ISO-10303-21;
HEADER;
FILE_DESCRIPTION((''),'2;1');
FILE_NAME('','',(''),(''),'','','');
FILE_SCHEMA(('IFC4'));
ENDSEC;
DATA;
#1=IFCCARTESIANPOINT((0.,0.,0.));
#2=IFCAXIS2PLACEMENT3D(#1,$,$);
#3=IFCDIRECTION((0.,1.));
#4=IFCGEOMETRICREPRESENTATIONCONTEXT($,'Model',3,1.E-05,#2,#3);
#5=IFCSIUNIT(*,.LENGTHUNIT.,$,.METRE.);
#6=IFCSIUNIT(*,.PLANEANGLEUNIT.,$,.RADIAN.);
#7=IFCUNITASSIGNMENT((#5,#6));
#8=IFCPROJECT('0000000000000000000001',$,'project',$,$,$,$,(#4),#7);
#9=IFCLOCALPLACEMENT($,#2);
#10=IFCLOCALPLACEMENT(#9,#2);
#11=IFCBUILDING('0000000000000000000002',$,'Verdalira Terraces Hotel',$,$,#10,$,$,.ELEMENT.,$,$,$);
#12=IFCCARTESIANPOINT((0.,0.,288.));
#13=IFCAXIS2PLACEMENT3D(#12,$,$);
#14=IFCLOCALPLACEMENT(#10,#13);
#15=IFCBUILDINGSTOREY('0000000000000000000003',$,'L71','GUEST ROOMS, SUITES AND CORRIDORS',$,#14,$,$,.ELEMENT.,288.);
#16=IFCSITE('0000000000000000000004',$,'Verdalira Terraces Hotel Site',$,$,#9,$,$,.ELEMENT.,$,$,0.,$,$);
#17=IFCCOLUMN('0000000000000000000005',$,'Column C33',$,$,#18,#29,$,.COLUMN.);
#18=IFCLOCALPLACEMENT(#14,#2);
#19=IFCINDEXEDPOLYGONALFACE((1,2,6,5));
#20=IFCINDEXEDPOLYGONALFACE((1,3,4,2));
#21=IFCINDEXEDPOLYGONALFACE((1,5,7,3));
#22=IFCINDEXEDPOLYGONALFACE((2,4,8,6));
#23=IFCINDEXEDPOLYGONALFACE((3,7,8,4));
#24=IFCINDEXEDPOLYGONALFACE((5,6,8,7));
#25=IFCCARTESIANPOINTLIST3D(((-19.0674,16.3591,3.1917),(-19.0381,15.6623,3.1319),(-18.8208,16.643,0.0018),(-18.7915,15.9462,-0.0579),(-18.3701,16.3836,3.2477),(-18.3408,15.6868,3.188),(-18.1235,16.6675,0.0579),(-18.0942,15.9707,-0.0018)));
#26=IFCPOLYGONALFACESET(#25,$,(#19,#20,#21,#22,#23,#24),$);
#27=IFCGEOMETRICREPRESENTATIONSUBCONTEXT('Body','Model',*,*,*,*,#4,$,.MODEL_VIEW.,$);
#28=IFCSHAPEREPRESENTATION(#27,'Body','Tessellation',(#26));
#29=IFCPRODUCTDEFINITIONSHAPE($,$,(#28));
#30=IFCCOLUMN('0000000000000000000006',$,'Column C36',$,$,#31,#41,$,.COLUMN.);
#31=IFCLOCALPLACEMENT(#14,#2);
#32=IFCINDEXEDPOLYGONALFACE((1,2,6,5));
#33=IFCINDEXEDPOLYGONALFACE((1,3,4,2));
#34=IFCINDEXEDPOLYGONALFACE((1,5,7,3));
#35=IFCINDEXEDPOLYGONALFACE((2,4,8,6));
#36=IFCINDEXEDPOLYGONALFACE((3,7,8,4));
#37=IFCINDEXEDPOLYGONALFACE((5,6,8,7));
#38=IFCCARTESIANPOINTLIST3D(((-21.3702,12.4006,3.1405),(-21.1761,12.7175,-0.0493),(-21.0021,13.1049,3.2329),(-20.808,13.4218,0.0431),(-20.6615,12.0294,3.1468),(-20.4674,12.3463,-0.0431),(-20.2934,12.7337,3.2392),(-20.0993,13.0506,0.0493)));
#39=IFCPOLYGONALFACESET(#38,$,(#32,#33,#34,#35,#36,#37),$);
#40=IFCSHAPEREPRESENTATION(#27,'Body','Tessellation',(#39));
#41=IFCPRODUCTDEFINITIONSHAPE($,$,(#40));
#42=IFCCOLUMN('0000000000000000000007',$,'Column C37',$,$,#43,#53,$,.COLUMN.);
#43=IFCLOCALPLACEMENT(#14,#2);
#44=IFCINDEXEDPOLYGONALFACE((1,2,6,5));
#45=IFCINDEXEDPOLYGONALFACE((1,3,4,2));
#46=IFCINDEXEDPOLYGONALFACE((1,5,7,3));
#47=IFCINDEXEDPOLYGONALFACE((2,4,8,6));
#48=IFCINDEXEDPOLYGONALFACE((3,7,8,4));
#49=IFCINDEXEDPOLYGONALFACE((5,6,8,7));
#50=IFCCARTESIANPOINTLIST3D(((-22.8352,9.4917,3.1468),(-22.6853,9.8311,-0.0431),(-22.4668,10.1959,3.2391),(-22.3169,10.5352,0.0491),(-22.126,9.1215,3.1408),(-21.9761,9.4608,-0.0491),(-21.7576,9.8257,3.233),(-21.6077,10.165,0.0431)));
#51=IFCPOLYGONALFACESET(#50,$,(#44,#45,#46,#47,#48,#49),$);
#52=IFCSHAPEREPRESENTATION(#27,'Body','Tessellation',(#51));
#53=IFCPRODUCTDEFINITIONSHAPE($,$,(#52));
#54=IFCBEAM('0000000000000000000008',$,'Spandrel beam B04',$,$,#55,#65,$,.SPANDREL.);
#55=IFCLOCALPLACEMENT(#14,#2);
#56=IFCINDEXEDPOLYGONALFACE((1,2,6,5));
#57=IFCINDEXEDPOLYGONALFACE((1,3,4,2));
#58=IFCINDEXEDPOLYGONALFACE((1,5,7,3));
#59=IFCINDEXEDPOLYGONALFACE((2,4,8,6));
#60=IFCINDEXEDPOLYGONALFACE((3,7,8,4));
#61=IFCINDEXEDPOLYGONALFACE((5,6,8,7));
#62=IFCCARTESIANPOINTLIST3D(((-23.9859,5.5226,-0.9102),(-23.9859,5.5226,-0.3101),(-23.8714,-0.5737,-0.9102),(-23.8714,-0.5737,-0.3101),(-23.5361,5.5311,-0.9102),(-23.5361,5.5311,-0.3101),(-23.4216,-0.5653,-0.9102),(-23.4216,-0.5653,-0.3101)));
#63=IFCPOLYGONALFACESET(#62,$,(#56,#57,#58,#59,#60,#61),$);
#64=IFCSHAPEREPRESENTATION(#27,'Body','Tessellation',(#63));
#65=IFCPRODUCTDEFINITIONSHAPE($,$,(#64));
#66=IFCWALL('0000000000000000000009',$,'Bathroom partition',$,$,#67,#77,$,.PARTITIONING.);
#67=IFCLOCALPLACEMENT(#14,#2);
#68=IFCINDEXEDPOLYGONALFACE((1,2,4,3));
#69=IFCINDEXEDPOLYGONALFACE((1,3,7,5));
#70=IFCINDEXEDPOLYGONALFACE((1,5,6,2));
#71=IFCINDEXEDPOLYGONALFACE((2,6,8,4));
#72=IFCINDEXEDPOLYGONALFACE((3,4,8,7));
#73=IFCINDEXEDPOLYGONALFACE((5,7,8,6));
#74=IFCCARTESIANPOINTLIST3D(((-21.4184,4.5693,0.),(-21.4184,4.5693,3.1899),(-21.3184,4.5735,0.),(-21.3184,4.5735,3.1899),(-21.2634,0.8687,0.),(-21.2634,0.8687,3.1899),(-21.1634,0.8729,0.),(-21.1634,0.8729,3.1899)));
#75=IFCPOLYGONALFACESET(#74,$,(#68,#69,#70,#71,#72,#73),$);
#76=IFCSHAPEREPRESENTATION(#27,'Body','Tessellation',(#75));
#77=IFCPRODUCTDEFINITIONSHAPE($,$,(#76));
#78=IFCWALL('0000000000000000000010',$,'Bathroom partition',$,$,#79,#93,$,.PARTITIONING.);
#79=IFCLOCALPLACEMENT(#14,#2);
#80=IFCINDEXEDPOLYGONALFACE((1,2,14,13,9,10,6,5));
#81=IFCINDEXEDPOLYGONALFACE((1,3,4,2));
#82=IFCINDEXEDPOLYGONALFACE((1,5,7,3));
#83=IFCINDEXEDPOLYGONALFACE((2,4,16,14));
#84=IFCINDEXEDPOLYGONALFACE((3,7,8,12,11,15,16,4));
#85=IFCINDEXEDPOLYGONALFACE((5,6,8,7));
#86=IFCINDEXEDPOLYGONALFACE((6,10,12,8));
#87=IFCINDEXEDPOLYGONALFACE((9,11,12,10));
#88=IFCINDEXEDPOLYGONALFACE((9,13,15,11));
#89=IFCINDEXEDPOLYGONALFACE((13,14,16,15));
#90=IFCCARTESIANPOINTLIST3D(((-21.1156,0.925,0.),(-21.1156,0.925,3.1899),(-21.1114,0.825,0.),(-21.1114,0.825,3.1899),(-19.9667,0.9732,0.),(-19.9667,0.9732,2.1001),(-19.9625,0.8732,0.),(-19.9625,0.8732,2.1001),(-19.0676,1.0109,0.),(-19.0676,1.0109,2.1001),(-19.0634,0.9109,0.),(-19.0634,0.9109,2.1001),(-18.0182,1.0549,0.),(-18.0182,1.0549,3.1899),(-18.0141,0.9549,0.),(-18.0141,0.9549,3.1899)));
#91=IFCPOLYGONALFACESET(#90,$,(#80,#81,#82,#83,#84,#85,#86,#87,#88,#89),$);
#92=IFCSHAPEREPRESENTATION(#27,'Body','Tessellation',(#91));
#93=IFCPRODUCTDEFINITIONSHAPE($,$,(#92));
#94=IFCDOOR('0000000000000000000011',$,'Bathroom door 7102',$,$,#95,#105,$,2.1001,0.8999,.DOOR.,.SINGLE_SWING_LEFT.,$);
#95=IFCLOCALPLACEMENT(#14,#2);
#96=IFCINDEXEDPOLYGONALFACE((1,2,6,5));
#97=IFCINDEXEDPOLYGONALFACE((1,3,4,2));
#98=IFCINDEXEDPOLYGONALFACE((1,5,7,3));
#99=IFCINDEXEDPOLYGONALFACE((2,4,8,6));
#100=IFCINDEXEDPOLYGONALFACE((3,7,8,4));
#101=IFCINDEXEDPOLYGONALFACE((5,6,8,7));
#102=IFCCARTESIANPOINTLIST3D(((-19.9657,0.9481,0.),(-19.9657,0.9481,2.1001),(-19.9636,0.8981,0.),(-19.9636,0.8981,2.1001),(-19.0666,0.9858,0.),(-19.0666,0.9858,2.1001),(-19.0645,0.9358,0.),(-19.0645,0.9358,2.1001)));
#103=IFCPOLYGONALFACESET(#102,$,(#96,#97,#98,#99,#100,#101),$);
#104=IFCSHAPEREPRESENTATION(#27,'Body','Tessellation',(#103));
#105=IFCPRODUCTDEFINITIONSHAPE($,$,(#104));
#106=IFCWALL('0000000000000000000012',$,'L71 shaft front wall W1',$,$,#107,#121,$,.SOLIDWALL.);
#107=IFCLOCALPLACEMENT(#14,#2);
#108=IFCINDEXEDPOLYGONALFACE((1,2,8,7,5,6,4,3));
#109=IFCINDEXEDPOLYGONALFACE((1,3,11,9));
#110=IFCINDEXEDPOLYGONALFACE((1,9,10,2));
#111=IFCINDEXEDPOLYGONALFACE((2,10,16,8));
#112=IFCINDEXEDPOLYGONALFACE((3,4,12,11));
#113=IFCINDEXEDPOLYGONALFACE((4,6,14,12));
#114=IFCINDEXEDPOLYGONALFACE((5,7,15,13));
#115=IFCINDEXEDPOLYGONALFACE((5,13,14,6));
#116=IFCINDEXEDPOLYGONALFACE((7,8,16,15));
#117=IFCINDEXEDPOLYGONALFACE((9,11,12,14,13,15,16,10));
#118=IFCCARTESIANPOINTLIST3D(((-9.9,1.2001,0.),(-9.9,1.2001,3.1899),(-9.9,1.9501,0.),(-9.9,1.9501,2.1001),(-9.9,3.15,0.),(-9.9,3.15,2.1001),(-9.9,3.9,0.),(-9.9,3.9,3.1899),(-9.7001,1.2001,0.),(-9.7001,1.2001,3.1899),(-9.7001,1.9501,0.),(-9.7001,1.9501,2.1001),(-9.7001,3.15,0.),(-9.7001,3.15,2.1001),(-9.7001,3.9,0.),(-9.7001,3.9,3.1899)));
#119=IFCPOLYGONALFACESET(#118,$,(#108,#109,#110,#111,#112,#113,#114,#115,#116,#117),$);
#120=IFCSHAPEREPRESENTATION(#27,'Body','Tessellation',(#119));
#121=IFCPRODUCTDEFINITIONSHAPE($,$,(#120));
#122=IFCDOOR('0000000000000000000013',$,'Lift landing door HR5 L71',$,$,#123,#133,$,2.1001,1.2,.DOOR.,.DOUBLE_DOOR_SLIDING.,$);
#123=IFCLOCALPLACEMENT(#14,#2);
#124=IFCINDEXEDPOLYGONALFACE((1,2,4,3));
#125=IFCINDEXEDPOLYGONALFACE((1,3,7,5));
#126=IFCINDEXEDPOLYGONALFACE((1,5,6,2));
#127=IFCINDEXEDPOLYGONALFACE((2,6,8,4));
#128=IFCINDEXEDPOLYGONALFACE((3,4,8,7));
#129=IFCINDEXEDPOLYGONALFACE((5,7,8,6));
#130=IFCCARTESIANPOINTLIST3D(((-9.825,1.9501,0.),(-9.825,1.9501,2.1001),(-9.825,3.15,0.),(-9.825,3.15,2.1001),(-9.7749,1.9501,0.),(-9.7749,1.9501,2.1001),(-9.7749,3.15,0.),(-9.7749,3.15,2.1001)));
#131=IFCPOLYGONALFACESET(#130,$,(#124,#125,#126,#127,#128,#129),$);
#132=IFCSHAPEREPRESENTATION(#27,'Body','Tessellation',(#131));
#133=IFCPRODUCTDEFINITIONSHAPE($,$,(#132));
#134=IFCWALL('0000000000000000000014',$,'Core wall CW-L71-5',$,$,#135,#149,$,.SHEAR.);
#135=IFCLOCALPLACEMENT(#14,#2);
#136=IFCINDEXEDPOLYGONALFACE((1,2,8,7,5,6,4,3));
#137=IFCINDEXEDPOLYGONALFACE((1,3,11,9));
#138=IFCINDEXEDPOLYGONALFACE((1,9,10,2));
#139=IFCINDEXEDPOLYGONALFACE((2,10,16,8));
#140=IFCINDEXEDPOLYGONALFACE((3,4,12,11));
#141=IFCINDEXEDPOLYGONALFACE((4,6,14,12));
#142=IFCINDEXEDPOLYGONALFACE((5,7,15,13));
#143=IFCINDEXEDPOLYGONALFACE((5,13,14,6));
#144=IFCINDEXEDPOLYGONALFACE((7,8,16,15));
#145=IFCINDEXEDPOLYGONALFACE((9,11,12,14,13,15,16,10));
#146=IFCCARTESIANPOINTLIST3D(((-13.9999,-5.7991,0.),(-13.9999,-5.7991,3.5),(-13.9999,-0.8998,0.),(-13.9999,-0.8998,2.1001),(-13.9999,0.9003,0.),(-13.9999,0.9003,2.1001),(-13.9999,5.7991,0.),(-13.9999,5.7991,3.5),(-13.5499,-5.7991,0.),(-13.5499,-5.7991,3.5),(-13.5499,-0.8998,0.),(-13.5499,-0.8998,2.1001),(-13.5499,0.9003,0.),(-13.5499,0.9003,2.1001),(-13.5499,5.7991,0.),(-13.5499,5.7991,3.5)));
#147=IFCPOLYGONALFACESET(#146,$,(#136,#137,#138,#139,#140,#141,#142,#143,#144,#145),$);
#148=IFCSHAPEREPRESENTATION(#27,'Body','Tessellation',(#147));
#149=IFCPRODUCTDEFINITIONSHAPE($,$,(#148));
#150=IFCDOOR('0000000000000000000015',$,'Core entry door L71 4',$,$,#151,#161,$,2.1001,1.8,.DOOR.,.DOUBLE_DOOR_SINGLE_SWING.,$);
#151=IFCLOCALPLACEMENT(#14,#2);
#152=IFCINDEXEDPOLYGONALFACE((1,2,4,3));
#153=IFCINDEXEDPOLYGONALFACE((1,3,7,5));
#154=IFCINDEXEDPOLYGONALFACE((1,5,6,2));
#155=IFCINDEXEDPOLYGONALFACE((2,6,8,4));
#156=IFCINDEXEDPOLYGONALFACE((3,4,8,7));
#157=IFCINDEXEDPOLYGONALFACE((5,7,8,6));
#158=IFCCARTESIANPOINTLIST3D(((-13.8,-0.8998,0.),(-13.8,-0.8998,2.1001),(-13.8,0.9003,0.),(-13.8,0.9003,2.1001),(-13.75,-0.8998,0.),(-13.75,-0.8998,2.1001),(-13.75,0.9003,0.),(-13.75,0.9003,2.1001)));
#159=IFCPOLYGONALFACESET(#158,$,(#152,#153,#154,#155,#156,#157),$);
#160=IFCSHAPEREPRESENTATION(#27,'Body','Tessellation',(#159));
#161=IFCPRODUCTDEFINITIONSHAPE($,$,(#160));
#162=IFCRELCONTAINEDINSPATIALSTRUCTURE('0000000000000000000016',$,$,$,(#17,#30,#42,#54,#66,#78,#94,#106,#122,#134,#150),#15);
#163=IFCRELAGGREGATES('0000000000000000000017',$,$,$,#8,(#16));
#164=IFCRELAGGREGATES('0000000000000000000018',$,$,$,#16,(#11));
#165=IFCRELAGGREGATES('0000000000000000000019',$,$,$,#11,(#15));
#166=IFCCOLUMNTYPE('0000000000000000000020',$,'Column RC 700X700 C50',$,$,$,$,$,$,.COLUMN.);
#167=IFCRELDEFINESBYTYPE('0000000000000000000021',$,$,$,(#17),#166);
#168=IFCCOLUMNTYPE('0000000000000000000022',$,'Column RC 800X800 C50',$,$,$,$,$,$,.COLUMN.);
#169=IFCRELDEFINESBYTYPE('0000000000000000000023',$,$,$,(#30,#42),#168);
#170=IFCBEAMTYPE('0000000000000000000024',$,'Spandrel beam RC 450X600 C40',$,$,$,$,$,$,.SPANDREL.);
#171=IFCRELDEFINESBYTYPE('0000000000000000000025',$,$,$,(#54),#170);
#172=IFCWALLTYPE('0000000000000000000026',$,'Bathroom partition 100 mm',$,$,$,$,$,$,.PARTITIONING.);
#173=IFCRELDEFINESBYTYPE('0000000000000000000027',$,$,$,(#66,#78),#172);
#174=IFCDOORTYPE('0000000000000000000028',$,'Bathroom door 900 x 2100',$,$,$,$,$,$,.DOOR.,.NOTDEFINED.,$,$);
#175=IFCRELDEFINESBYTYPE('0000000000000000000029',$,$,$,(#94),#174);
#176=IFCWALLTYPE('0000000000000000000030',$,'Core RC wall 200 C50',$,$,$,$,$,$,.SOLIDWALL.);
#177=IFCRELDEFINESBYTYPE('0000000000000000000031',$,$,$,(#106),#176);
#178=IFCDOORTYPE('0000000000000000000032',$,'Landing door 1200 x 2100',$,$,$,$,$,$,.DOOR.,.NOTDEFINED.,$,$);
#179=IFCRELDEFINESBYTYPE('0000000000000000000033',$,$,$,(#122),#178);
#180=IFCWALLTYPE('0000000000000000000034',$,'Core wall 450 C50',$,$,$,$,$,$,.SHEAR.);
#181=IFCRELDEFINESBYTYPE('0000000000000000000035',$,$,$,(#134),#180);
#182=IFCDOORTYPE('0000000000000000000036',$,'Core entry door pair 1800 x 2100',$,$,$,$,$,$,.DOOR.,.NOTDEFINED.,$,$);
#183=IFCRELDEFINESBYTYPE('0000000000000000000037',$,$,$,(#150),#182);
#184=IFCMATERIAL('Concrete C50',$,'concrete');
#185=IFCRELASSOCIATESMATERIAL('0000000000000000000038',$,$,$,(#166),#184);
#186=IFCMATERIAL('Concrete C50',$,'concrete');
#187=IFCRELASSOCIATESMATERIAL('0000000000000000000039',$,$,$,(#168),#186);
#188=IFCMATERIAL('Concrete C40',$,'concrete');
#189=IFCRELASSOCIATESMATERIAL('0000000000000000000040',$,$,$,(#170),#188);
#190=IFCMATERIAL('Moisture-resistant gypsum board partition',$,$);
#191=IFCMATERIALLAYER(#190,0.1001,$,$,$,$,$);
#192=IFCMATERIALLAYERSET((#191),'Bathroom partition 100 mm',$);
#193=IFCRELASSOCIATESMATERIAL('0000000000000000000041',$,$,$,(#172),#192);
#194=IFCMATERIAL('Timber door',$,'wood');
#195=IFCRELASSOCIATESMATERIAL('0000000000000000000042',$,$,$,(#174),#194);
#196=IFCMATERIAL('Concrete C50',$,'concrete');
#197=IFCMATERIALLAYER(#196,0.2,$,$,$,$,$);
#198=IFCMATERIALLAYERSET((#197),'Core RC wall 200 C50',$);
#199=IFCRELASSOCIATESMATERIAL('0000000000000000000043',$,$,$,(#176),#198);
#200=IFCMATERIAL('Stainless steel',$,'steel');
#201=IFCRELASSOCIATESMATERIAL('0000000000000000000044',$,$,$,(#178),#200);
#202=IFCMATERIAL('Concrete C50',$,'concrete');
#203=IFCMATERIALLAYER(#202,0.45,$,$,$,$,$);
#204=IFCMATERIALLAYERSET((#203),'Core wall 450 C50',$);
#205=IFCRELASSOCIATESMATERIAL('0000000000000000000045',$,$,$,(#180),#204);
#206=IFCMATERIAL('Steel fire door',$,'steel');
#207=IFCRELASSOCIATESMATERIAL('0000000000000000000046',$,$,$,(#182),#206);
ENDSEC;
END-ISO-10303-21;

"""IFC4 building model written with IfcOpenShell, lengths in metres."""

from ifc_helpers import new_model, si_unit, direction, frame, frame_2d, origin, origin_2d, place, context, subcontext, project, spatial, rectangle, extrude, material, layer, layer_set, material_profile, profile_set, type_object, element, fill, save


model = new_model("IFC4")

# Units and contexts
model_context = context("Model", 3, precision=1e-05, world=origin(), true_north=direction((0.0, 1.0)))
body_context = subcontext(model_context, "Body", "Model", "MODEL_VIEW")
ifc_project = project(units=[si_unit("LENGTHUNIT", "METRE"), si_unit("PLANEANGLEUNIT", "RADIAN")], contexts=[model_context])

# Site, building, storey
site_placement = place(None, origin())
site = spatial("IfcSite", under=ifc_project, at=site_placement, Name="Verdalira Terraces Hotel Site", CompositionType="ELEMENT", RefElevation=0.0)
building_placement = place(site_placement, origin())
building = spatial("IfcBuilding", under=site, at=building_placement, Name="Verdalira Terraces Hotel", CompositionType="ELEMENT")
storey_placement = place(building_placement, frame((0.0, 0.0, 288.0)))
storey = spatial("IfcBuildingStorey", under=building, at=storey_placement, Name="L71", Description="GUEST ROOMS, SUITES AND CORRIDORS", CompositionType="ELEMENT", Elevation=288.0)

# Columns
ifc_material_1 = material(Name="Concrete C50", Category="concrete")
ifc_material_profile_1 = material_profile(ifc_material_1, rectangle(XDim=0.7, YDim=0.7, at=origin_2d()), Name="RC 700X700")
ifc_profile_set_1 = profile_set([ifc_material_profile_1], Name="Concrete C50")
column_type_1 = type_object("IfcColumnType", Name="Column RC 700X700 C50", PredefinedType="COLUMN", material=ifc_profile_set_1)
column_placement = place(storey_placement, frame((-18.4575, 16.3069, 0.0), z_axis=(-0.076768, -0.088397, 0.993123), x_axis=(0.99617, 0.035016, 0.080121)))
element("IfcColumn", 1, at=column_placement, inside=storey, type_object=column_type_1, Name="Column C33", PredefinedType="COLUMN", context=body_context, shape_type="SweptSolid", body=[
    extrude(rectangle(XDim=0.7, YDim=0.7, at=origin_2d()), origin(), (0.0, 0.0, 1.0), 3.2119),
])
ifc_material_2 = material(Name="Concrete C50", Category="concrete")
ifc_material_profile_2 = material_profile(ifc_material_2, rectangle(XDim=0.8, YDim=0.8, at=origin_2d()), Name="RC 800X800")
ifc_profile_set_2 = profile_set([ifc_material_profile_2], Name="Concrete C50")
column_type_2 = type_object("IfcColumnType", Name="Column RC 800X800 C50", PredefinedType="COLUMN", material=ifc_profile_set_2)
for number, where, z_axis, x_axis, name in (
    (2, (-20.6377, 12.884, 0.0), (-0.060436, -0.098675, 0.993283), (-0.885833, 0.463939, -0.00781), "Column C36"),
    (3, (-22.1465, 9.998, 0.0), (-0.046678, -0.105671, 0.993305), (-0.886462, 0.46274, 0.007571), "Column C37"),
):
    element("IfcColumn", number, at=place(storey_placement, frame(where, z_axis=z_axis, x_axis=x_axis)), inside=storey, type_object=column_type_2, Name=name, PredefinedType="COLUMN", context=body_context, shape_type="SweptSolid", body=[
        extrude(rectangle(XDim=0.8, YDim=0.8, at=origin_2d()), origin(), (0.0, 0.0, 1.0), 3.2114),
    ])

# Beam
ifc_material_3 = material(Name="Concrete C40", Category="concrete")
ifc_material_profile_3 = material_profile(ifc_material_3, rectangle(XDim=0.45, YDim=0.6001, at=origin_2d()), Name="RC 450X600")
ifc_profile_set_3 = profile_set([ifc_material_profile_3], Name="Concrete C40")
beam_type = type_object("IfcBeamType", Name="Spandrel beam RC 450X600 C40", PredefinedType="SPANDREL", material=ifc_profile_set_3)
beam_placement = place(storey_placement, frame((-23.761, 5.5269, -0.6101), z_axis=(0.018778, -0.999824, 0.0), x_axis=(0.999824, 0.018778, 0.0)))
element("IfcBeam", 4, at=beam_placement, inside=storey, type_object=beam_type, Name="Spandrel beam B04", PredefinedType="SPANDREL", context=body_context, shape_type="SweptSolid", body=[
    extrude(rectangle(XDim=0.45, YDim=0.6001, at=origin_2d()), origin(), (0.0, 0.0, 1.0), 6.0974),
])

# Wall
ifc_material_4 = material(Name="Moisture-resistant gypsum board partition")
ifc_layer_1 = layer(ifc_material_4, 0.1001)
ifc_layer_set_1 = layer_set([ifc_layer_1], Name="Bathroom partition 100 mm")
wall_type_1 = type_object("IfcWallType", Name="Bathroom partition 100 mm", PredefinedType="PARTITIONING", material=ifc_layer_set_1)
wall_1_placement = place(storey_placement, frame((-21.3684, 4.5715, 0.0), z_axis=(0.0, 0.0, 1.0), x_axis=(0.041855, -0.999124, 0.0)))
element("IfcWall", 5, at=wall_1_placement, inside=storey, type_object=wall_type_1, Name="Bathroom partition", PredefinedType="PARTITIONING", context=body_context, shape_type="SweptSolid", body=[
    extrude(rectangle(XDim=3.7039, YDim=0.1001, at=frame_2d((1.8521, 0.0))), origin(), (0.0, 0.0, 1.0), 3.1899),
])

# Walls, openings, doors
wall_2_placement = place(storey_placement, frame((-21.1135, 0.875, 0.0), z_axis=(0.0, 0.0, 1.0), x_axis=(0.999122, 0.041896, 0.0)))
wall_2 = element("IfcWall", 6, at=wall_2_placement, inside=storey, type_object=wall_type_1, Name="Bathroom partition", PredefinedType="PARTITIONING", context=body_context, shape_type="SweptSolid", body=[
    extrude(rectangle(XDim=3.1001, YDim=0.1001, at=frame_2d((1.55, 0.0))), origin(), (0.0, 0.0, 1.0), 3.1899),
])
opening_1_placement = place(wall_2_placement, frame((1.1499, 0.0, 0.0)))
opening_1 = element("IfcOpeningElement", 7, at=opening_1_placement, cuts=wall_2, PredefinedType="OPENING", context=body_context, shape_type="SweptSolid", body=[
    extrude(rectangle(XDim=0.8999, YDim=2.1001, at=frame_2d((0.45, 1.05))), frame((0.0, 0.0601, 0.0), z_axis=(0.0, -1.0, 0.0), x_axis=(1.0, 0.0, 0.0)), (0.0, 0.0, 1.0), 0.1201),
])
ifc_material_5 = material(Name="Timber door", Category="wood")
door_type_1 = type_object("IfcDoorType", Name="Bathroom door 900 x 2100", OperationType="NOTDEFINED", PredefinedType="DOOR", material=ifc_material_5)
door_1_placement = place(opening_1_placement, origin())
door_1 = element("IfcDoor", 8, at=door_1_placement, inside=storey, type_object=door_type_1, Name="Bathroom door 7102", OperationType="SINGLE_SWING_LEFT", OverallHeight=2.1001, OverallWidth=0.8999, PredefinedType="DOOR", context=body_context, shape_type="SweptSolid", body=[
    extrude(rectangle(XDim=0.8999, YDim=2.1001, at=frame_2d((0.45, 1.05))), frame((0.0, 0.0249, 0.0), z_axis=(0.0, -1.0, 0.0), x_axis=(1.0, 0.0, 0.0)), (0.0, 0.0, 1.0), 0.05),
])
fill(opening_1, door_1)
ifc_material_6 = material(Name="Concrete C50", Category="concrete")
ifc_layer_2 = layer(ifc_material_6, 0.2)
ifc_layer_set_2 = layer_set([ifc_layer_2], Name="Core RC wall 200 C50")
wall_type_2 = type_object("IfcWallType", Name="Core RC wall 200 C50", PredefinedType="SOLIDWALL", material=ifc_layer_set_2)
wall_3_placement = place(storey_placement, frame((-9.8, 1.2, 0.0), z_axis=(0.0, 0.0, 1.0), x_axis=(0.0, 1.0, 0.0)))
wall_3 = element("IfcWall", 9, at=wall_3_placement, inside=storey, type_object=wall_type_2, Name="L71 shaft front wall W1", PredefinedType="SOLIDWALL", context=body_context, shape_type="SweptSolid", body=[
    extrude(rectangle(XDim=2.7, YDim=0.2, at=frame_2d((1.3501, 0.0))), origin(), (0.0, 0.0, 1.0), 3.1899),
])
opening_2_placement = place(wall_3_placement, frame((0.75, 0.0, 0.0)))
opening_2 = element("IfcOpeningElement", 10, at=opening_2_placement, cuts=wall_3, PredefinedType="OPENING", context=body_context, shape_type="SweptSolid", body=[
    extrude(rectangle(XDim=1.2, YDim=2.1001, at=frame_2d((0.6001, 1.05))), frame((0.0, 0.1099, 0.0), z_axis=(0.0, -1.0, 0.0), x_axis=(1.0, 0.0, 0.0)), (0.0, 0.0, 1.0), 0.22),
])
ifc_material_7 = material(Name="Stainless steel", Category="steel")
door_type_2 = type_object("IfcDoorType", Name="Landing door 1200 x 2100", OperationType="NOTDEFINED", PredefinedType="DOOR", material=ifc_material_7)
door_2_placement = place(opening_2_placement, origin())
door_2 = element("IfcDoor", 11, at=door_2_placement, inside=storey, type_object=door_type_2, Name="Lift landing door HR5 L71", OperationType="DOUBLE_DOOR_SLIDING", OverallHeight=2.1001, OverallWidth=1.2, PredefinedType="DOOR", context=body_context, shape_type="SweptSolid", body=[
    extrude(rectangle(XDim=1.2, YDim=2.1001, at=frame_2d((0.6001, 1.05))), frame((0.0, 0.0249, 0.0), z_axis=(0.0, -1.0, 0.0), x_axis=(1.0, 0.0, 0.0)), (0.0, 0.0, 1.0), 0.05),
])
fill(opening_2, door_2)
ifc_material_8 = material(Name="Concrete C50", Category="concrete")
ifc_layer_3 = layer(ifc_material_8, 0.45)
ifc_layer_set_3 = layer_set([ifc_layer_3], Name="Core wall 450 C50")
wall_type_3 = type_object("IfcWallType", Name="Core wall 450 C50", PredefinedType="SHEAR", material=ifc_layer_set_3)
wall_4_placement = place(storey_placement, frame((-13.7749, 5.7991, 0.0), z_axis=(0.0, 0.0, 1.0), x_axis=(0.0, -1.0, 0.0)))
wall_4 = element("IfcWall", 12, at=wall_4_placement, inside=storey, type_object=wall_type_3, Name="Core wall CW-L71-5", PredefinedType="SHEAR", context=body_context, shape_type="SweptSolid", body=[
    extrude(rectangle(XDim=11.5981, YDim=0.45, at=frame_2d((5.7991, 0.0))), origin(), (0.0, 0.0, 1.0), 3.5),
])
opening_3_placement = place(wall_4_placement, frame((4.8989, 0.0, 0.0)))
opening_3 = element("IfcOpeningElement", 13, at=opening_3_placement, cuts=wall_4, PredefinedType="OPENING", context=body_context, shape_type="SweptSolid", body=[
    extrude(rectangle(XDim=1.8, YDim=2.1001, at=frame_2d((0.8999, 1.05))), frame((0.0, 0.2349, 0.0), z_axis=(0.0, -1.0, 0.0), x_axis=(1.0, 0.0, 0.0)), (0.0, 0.0, 1.0), 0.47),
])
ifc_material_9 = material(Name="Steel fire door", Category="steel")
door_type_3 = type_object("IfcDoorType", Name="Core entry door pair 1800 x 2100", OperationType="NOTDEFINED", PredefinedType="DOOR", material=ifc_material_9)
door_3_placement = place(opening_3_placement, origin())
door_3 = element("IfcDoor", 14, at=door_3_placement, inside=storey, type_object=door_type_3, Name="Core entry door L71 4", OperationType="DOUBLE_DOOR_SINGLE_SWING", OverallHeight=2.1001, OverallWidth=1.8, PredefinedType="DOOR", context=body_context, shape_type="SweptSolid", body=[
    extrude(rectangle(XDim=1.8, YDim=2.1001, at=frame_2d((0.8999, 1.05))), frame((0.0, 0.0249, 0.0), z_axis=(0.0, -1.0, 0.0), x_axis=(1.0, 0.0, 0.0)), (0.0, 0.0, 1.0), 0.05),
])
fill(opening_3, door_3)

save(model, "model.ifc")
